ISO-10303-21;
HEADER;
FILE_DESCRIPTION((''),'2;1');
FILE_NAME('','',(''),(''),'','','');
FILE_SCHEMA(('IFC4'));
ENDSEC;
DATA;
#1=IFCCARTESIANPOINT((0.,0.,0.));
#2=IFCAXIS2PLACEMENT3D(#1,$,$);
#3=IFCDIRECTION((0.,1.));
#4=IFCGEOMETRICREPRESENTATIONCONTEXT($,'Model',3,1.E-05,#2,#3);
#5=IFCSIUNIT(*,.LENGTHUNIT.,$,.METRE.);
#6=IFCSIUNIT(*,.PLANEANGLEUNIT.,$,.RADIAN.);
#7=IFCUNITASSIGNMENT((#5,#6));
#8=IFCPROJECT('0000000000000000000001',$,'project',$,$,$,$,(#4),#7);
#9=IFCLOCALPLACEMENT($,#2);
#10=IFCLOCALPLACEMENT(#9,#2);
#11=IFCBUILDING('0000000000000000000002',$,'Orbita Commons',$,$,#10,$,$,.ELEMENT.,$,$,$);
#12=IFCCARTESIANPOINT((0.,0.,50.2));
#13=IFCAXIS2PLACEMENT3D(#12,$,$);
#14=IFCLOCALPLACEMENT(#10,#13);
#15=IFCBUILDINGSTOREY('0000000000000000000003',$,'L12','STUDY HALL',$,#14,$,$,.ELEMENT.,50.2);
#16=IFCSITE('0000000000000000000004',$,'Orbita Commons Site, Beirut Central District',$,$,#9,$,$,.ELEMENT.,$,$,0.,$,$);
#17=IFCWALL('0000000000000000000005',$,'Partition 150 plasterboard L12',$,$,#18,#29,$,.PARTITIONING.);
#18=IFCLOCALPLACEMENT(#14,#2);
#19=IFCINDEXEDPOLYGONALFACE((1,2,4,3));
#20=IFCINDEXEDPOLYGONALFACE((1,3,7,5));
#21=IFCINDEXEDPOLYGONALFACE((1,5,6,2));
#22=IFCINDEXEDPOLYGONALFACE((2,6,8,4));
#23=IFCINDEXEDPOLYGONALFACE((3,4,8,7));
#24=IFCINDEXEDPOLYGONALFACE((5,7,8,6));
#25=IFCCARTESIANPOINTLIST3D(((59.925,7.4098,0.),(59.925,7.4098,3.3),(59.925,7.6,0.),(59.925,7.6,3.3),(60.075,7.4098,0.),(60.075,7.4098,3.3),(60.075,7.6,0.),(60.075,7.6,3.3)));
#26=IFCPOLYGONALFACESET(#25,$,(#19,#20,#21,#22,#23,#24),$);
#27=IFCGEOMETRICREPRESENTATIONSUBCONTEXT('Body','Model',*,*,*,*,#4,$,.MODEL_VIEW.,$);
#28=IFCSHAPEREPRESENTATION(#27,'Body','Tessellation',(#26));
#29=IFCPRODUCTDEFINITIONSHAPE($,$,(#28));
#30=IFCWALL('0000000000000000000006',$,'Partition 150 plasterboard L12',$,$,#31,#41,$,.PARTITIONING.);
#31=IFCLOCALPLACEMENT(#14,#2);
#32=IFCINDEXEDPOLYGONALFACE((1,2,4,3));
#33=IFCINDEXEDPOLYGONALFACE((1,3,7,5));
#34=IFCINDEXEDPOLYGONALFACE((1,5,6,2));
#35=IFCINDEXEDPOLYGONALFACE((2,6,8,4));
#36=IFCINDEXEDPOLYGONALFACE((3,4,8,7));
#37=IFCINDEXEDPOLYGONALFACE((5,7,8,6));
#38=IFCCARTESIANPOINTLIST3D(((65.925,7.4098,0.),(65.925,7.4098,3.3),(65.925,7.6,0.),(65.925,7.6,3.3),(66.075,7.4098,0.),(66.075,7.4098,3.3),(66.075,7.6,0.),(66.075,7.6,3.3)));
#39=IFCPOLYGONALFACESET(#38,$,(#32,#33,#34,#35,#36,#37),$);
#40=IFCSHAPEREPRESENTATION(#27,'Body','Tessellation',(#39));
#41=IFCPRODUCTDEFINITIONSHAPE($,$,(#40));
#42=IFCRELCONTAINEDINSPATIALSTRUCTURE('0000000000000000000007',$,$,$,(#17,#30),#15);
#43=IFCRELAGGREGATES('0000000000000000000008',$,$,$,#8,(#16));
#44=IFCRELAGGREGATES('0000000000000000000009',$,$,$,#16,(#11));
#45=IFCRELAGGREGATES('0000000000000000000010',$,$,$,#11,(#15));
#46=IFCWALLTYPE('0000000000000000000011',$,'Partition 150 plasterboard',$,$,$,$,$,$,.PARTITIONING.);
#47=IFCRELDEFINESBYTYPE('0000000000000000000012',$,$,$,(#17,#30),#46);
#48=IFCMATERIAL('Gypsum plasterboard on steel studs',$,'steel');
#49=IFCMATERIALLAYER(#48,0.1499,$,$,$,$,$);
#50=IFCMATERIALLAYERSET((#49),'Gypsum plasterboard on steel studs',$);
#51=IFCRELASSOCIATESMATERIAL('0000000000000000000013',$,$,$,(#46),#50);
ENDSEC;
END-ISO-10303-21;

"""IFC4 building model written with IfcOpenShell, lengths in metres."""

from ifc_helpers import new_model, si_unit, direction, frame, frame_2d, origin, place, context, subcontext, project, spatial, rectangle, extrude, material, layer, layer_set, type_object, element, save


model = new_model("IFC4")

# Units and contexts
model_context = context("Model", 3, precision=1e-05, world=origin(), true_north=direction((0.0, 1.0)))
body_context = subcontext(model_context, "Body", "Model", "MODEL_VIEW")
ifc_project = project(units=[si_unit("LENGTHUNIT", "METRE"), si_unit("PLANEANGLEUNIT", "RADIAN")], contexts=[model_context])

# Site, building, storey
site_placement = place(None, origin())
site = spatial("IfcSite", under=ifc_project, at=site_placement, Name="Orbita Commons Site, Beirut Central District", CompositionType="ELEMENT", RefElevation=0.0)
building_placement = place(site_placement, origin())
building = spatial("IfcBuilding", under=site, at=building_placement, Name="Orbita Commons", CompositionType="ELEMENT")
storey_placement = place(building_placement, frame((0.0, 0.0, 50.2)))
storey = spatial("IfcBuildingStorey", under=building, at=storey_placement, Name="L12", Description="STUDY HALL", CompositionType="ELEMENT", Elevation=50.2)

# Walls
ifc_material_1 = material(Name="Gypsum plasterboard on steel studs", Category="steel")
ifc_layer_1 = layer(ifc_material_1, 0.1499)
ifc_layer_set_1 = layer_set([ifc_layer_1], Name="Gypsum plasterboard on steel studs")
wall_type_1 = type_object("IfcWallType", Name="Partition 150 plasterboard", PredefinedType="PARTITIONING", material=ifc_layer_set_1)
for number, where, z_axis, x_axis, name in (
    (1, (60.0, 7.6001, 0.0), (0.0, 0.0, 1.0), (0.0, -1.0, 0.0), "Partition 150 plasterboard L12"),
    (2, (66.0, 7.6001, 0.0), (0.0, 0.0, 1.0), (0.0, -1.0, 0.0), "Partition 150 plasterboard L12"),
):
    element("IfcWall", number, at=place(storey_placement, frame(where, z_axis=z_axis, x_axis=x_axis)), inside=storey, type_object=wall_type_1, Name=name, PredefinedType="PARTITIONING", context=body_context, shape_type="SweptSolid", body=[
        extrude(rectangle(XDim=0.1902, YDim=0.1499, at=frame_2d((0.0952, 0.0))), origin(), (0.0, 0.0, 1.0), 3.3),
    ])

save(model, "model.ifc")
